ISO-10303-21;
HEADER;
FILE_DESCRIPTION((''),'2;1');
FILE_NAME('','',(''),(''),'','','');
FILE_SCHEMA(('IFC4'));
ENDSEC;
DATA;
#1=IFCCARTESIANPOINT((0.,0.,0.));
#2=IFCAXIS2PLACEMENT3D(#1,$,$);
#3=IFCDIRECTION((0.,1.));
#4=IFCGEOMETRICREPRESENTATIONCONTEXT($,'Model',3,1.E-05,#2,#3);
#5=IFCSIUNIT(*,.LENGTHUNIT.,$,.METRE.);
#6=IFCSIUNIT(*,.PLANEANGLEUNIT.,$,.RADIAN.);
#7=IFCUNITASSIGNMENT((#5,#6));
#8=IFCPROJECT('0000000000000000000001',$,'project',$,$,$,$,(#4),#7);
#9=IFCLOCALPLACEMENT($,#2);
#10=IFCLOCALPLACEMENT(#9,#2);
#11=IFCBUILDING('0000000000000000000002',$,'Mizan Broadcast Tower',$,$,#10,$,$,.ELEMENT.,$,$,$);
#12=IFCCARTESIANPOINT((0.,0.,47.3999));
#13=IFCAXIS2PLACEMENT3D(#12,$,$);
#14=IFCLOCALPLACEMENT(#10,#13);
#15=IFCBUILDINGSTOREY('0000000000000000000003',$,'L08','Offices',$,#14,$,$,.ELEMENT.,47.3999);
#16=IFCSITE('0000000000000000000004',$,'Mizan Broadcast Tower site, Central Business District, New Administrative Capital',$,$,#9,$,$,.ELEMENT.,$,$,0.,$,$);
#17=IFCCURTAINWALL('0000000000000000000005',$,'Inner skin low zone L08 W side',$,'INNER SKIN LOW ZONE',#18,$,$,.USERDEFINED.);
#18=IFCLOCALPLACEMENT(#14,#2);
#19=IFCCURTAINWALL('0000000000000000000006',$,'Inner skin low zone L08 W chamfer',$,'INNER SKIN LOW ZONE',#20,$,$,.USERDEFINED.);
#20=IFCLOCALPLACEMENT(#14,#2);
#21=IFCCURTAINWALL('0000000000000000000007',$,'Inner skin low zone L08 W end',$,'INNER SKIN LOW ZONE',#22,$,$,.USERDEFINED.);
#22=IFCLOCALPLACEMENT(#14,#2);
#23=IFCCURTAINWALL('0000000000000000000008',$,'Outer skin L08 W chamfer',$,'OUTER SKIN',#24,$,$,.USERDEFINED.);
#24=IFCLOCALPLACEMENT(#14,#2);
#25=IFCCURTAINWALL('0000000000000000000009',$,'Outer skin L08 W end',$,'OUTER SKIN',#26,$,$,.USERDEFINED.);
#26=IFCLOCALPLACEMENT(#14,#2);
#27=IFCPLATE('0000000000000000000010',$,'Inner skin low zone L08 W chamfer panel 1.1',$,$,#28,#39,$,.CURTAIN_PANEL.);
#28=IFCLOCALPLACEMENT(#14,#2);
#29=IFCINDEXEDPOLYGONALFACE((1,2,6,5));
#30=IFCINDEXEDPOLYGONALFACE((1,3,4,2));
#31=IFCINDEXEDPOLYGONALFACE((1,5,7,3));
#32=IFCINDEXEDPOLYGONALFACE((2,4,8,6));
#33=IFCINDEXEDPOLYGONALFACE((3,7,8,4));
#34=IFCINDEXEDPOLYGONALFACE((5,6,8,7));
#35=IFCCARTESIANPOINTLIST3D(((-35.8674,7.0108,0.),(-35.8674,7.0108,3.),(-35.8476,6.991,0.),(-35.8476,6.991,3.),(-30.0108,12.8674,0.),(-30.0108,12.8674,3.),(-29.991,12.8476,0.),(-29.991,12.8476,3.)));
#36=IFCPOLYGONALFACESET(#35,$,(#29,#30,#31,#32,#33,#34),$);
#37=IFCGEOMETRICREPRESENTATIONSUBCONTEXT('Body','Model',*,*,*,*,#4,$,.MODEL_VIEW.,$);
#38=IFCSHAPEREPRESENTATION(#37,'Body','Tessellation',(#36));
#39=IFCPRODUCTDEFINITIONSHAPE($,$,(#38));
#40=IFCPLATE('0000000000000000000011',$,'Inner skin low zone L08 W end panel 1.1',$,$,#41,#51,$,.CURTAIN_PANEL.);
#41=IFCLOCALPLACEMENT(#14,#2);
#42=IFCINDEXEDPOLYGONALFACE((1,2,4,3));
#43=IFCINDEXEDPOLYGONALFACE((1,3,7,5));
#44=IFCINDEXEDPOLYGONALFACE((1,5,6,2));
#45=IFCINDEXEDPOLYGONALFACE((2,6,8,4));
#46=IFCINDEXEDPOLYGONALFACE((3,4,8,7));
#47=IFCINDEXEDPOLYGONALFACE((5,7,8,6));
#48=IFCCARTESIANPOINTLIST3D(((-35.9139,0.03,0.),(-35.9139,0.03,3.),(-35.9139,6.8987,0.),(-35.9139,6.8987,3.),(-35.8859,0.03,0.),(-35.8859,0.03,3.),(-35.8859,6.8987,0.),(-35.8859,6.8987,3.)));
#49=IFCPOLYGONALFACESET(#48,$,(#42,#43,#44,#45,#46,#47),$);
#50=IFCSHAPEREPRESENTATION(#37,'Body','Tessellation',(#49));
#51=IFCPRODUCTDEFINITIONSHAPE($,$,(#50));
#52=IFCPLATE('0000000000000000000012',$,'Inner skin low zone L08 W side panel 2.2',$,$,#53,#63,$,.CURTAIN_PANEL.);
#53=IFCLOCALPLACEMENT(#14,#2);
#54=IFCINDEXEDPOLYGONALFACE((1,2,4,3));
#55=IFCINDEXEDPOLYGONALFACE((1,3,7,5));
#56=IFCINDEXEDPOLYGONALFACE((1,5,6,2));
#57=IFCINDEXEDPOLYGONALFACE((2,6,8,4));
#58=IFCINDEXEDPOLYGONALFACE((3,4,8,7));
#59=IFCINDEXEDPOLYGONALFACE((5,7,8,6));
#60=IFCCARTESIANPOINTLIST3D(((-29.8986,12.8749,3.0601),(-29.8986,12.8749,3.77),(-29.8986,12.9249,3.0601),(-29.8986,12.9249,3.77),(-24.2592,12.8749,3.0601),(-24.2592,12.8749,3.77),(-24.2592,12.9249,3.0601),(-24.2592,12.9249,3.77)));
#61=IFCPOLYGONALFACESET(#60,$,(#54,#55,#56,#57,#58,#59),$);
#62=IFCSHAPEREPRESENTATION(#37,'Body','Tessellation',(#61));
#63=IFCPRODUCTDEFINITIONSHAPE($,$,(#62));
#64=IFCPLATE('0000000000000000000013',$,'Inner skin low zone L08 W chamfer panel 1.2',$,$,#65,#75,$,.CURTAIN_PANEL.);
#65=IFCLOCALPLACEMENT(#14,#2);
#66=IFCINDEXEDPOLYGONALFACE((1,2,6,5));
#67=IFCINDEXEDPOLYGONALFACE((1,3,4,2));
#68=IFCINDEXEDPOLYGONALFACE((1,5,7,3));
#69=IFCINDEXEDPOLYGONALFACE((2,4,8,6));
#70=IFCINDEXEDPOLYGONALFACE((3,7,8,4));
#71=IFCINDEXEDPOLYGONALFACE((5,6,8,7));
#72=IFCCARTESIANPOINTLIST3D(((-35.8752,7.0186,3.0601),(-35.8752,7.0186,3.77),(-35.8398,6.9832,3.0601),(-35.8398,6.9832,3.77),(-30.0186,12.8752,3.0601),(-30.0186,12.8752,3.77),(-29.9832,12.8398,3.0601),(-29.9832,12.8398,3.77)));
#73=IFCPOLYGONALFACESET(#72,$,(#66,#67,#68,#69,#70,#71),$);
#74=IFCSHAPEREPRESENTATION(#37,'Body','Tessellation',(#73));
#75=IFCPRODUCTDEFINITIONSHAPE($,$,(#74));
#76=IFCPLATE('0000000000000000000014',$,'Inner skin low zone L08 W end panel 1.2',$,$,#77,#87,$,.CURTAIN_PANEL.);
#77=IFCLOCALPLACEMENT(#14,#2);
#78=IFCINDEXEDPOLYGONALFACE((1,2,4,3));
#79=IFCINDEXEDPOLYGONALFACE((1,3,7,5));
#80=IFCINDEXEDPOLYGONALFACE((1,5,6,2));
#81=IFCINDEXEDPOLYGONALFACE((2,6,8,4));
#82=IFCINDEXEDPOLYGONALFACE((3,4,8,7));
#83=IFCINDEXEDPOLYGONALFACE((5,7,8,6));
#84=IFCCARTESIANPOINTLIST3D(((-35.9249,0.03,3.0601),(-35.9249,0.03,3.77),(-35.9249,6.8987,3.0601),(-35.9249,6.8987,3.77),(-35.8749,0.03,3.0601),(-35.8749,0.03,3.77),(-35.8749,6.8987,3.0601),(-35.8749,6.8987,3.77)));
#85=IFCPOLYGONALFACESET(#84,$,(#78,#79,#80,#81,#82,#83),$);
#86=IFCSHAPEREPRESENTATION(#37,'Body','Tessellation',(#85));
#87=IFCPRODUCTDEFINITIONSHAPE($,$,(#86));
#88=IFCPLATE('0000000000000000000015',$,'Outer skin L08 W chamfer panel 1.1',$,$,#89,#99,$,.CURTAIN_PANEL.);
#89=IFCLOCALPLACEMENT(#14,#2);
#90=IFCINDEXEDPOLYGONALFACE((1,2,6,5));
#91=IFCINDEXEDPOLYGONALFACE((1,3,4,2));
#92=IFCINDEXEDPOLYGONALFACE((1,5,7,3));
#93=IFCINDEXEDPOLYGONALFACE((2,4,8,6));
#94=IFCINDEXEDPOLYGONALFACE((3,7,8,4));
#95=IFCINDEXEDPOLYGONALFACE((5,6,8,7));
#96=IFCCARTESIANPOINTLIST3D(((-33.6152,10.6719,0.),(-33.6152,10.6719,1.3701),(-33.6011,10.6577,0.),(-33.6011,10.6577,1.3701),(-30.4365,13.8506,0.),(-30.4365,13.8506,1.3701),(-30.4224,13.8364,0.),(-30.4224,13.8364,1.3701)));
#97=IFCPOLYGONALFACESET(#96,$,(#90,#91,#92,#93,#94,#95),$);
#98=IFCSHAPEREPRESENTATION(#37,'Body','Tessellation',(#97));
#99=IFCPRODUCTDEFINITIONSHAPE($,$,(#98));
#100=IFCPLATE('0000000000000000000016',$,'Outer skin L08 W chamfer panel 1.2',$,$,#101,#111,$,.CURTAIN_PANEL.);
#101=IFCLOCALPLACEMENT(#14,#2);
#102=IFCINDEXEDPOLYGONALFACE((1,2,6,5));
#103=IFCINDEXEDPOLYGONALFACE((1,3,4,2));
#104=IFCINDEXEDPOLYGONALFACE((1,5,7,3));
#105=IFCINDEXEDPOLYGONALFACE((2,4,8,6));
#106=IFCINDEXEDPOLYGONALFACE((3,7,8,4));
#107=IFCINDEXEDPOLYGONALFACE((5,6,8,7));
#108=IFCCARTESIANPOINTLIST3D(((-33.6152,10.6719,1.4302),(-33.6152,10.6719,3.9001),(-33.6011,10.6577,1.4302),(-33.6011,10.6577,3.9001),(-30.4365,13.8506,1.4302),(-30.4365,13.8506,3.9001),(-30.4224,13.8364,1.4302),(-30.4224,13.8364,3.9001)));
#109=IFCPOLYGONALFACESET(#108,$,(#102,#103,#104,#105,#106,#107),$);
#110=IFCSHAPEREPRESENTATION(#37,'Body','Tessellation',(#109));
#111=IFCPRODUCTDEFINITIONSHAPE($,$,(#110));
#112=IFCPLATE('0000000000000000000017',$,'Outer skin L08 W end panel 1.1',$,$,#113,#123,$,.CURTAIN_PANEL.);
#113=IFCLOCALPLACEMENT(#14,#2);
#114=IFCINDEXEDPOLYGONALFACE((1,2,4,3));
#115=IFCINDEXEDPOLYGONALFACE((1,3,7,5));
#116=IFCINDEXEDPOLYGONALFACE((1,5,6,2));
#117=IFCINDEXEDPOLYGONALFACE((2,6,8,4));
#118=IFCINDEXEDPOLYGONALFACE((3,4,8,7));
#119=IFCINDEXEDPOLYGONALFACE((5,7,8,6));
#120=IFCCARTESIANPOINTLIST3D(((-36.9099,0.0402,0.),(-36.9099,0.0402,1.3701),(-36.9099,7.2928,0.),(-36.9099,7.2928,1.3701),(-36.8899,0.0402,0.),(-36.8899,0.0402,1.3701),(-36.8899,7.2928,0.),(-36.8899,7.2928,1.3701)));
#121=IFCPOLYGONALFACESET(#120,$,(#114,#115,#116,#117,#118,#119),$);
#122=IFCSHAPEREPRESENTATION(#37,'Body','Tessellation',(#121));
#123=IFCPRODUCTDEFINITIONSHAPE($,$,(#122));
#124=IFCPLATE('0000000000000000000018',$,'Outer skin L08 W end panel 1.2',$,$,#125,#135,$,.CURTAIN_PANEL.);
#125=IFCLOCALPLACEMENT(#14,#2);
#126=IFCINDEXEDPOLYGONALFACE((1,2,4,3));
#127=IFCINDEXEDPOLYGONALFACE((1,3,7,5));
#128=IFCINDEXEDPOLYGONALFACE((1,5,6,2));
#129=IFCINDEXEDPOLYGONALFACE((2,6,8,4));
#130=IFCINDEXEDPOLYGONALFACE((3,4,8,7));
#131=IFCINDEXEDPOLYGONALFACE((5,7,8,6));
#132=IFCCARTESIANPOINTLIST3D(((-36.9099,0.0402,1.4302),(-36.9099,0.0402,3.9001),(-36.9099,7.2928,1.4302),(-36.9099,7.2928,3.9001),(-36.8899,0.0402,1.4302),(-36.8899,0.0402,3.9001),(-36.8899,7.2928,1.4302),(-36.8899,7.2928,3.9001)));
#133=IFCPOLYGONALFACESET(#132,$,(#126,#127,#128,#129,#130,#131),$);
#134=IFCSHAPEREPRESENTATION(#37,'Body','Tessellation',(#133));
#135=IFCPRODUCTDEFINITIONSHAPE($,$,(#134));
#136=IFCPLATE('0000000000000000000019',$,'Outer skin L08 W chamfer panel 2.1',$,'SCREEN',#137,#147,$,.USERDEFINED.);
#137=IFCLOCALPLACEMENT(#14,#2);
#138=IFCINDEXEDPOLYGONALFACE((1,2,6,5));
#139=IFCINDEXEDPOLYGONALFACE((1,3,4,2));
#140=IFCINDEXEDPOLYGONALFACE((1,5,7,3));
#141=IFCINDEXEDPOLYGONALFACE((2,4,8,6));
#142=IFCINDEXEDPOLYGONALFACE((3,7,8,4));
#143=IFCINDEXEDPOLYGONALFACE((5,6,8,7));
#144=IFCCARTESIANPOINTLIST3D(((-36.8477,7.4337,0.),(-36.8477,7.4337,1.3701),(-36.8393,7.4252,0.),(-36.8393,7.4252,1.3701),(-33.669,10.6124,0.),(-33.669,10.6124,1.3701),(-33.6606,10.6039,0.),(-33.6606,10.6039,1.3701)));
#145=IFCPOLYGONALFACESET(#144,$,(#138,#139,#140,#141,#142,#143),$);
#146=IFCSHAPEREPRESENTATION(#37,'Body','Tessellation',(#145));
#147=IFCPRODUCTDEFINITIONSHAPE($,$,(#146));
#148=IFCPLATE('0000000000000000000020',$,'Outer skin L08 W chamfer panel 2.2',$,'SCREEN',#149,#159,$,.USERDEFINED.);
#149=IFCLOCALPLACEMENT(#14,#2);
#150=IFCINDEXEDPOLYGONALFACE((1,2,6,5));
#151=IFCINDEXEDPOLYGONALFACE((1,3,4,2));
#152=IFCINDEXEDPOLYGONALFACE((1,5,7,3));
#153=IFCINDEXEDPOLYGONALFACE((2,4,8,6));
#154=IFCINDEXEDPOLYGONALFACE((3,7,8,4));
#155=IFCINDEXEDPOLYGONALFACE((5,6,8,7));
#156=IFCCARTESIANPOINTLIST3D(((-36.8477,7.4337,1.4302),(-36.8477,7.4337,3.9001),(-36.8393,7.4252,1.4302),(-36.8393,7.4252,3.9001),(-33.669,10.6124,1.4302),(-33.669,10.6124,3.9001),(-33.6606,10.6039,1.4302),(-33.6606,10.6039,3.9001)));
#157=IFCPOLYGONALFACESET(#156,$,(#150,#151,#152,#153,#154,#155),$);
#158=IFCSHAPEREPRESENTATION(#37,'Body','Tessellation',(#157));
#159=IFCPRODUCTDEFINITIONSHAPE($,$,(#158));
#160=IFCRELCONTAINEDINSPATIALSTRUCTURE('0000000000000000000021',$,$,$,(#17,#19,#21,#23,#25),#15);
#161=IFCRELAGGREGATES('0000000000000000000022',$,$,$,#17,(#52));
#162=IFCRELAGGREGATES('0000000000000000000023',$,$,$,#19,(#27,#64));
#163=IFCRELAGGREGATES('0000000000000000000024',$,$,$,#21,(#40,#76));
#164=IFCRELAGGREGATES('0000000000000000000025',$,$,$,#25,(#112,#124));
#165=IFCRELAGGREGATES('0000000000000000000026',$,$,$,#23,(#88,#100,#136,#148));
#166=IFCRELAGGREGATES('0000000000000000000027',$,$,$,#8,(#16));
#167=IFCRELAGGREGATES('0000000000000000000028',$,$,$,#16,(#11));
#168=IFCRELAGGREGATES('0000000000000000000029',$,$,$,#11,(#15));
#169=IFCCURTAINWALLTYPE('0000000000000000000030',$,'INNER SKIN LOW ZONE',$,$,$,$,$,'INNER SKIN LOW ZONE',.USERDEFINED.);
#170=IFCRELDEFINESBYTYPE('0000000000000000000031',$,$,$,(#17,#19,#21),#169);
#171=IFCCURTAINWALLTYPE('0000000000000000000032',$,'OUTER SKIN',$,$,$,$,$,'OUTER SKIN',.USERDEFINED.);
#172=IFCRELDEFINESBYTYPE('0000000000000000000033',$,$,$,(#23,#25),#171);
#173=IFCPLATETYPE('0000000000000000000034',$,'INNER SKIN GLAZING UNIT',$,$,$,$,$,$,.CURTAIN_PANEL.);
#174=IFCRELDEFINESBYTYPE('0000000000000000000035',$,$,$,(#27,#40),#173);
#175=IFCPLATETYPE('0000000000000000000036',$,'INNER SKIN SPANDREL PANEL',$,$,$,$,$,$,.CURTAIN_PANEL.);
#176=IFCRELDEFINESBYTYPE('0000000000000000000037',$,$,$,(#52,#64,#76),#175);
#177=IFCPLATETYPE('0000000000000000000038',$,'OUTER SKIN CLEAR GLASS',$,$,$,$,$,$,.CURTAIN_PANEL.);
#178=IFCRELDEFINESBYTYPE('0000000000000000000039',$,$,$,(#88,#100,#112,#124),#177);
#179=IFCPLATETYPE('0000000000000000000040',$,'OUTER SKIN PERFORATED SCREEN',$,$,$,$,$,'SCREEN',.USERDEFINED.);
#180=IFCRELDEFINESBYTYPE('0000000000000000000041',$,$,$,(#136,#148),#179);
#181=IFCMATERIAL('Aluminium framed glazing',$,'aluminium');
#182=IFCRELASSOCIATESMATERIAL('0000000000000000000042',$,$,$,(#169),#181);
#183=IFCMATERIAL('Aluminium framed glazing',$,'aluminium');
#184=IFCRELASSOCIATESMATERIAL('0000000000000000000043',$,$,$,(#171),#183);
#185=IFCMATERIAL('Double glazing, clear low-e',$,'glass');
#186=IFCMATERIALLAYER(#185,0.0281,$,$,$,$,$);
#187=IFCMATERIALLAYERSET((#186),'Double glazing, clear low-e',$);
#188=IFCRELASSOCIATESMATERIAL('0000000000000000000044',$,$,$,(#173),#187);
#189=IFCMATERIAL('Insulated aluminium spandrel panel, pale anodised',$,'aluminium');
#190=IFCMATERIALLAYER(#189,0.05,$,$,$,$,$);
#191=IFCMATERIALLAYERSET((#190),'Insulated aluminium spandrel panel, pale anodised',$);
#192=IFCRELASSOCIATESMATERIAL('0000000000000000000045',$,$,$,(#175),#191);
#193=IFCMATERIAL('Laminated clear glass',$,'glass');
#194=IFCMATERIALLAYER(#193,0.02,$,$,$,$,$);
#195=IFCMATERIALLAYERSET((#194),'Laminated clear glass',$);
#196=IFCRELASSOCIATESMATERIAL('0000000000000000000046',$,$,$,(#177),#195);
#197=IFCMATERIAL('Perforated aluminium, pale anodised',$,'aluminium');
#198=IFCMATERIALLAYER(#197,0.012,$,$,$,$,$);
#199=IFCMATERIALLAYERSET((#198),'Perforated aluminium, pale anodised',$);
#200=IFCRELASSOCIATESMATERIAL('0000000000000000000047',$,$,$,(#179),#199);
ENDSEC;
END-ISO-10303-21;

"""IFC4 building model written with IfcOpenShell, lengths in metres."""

from ifc_helpers import new_model, si_unit, direction, frame, origin, origin_2d, place, context, subcontext, project, spatial, rectangle, extrude, material, layer, layer_set, type_object, element, aggregate, save


model = new_model("IFC4")

# Units and contexts
model_context = context("Model", 3, precision=1e-05, world=origin(), true_north=direction((0.0, 1.0)))
body_context = subcontext(model_context, "Body", "Model", "MODEL_VIEW")
ifc_project = project(units=[si_unit("LENGTHUNIT", "METRE"), si_unit("PLANEANGLEUNIT", "RADIAN")], contexts=[model_context])

# Site, building, storey
site_placement = place(None, origin())
site = spatial("IfcSite", under=ifc_project, at=site_placement, Name="Mizan Broadcast Tower site, Central Business District, New Administrative Capital", CompositionType="ELEMENT", RefElevation=0.0)
building_placement = place(site_placement, origin())
building = spatial("IfcBuilding", under=site, at=building_placement, Name="Mizan Broadcast Tower", CompositionType="ELEMENT")
storey_placement = place(building_placement, frame((0.0, 0.0, 47.3999)))
storey = spatial("IfcBuildingStorey", under=building, at=storey_placement, Name="L08", Description="Offices", CompositionType="ELEMENT", Elevation=47.3999)

# Curtain walls
ifc_material_1 = material(Name="Aluminium framed glazing", Category="aluminium")
curtain_wall_type_1 = type_object("IfcCurtainWallType", Name="INNER SKIN LOW ZONE", ElementType="INNER SKIN LOW ZONE", PredefinedType="USERDEFINED", material=ifc_material_1)
curtain_wall_1_placement = place(storey_placement, origin())
curtain_wall_1 = element("IfcCurtainWall", 1, at=curtain_wall_1_placement, inside=storey, type_object=curtain_wall_type_1, Name="Inner skin low zone L08 W side", ObjectType="INNER SKIN LOW ZONE", PredefinedType="USERDEFINED")
curtain_wall_2_placement = place(storey_placement, origin())
curtain_wall_2 = element("IfcCurtainWall", 2, at=curtain_wall_2_placement, inside=storey, type_object=curtain_wall_type_1, Name="Inner skin low zone L08 W chamfer", ObjectType="INNER SKIN LOW ZONE", PredefinedType="USERDEFINED")
curtain_wall_3_placement = place(storey_placement, origin())
curtain_wall_3 = element("IfcCurtainWall", 3, at=curtain_wall_3_placement, inside=storey, type_object=curtain_wall_type_1, Name="Inner skin low zone L08 W end", ObjectType="INNER SKIN LOW ZONE", PredefinedType="USERDEFINED")

# Shared definitions
ifc_material_2 = material(Name="Aluminium framed glazing", Category="aluminium")
curtain_wall_type_2 = type_object("IfcCurtainWallType", Name="OUTER SKIN", ElementType="OUTER SKIN", PredefinedType="USERDEFINED", material=ifc_material_2)

# Curtain wall
curtain_wall_4_placement = place(storey_placement, origin())
curtain_wall_4 = element("IfcCurtainWall", 4, at=curtain_wall_4_placement, inside=storey, type_object=curtain_wall_type_2, Name="Outer skin L08 W chamfer", ObjectType="OUTER SKIN", PredefinedType="USERDEFINED")

# Curtain wall
curtain_wall_5_placement = place(storey_placement, origin())
curtain_wall_5 = element("IfcCurtainWall", 5, at=curtain_wall_5_placement, inside=storey, type_object=curtain_wall_type_2, Name="Outer skin L08 W end", ObjectType="OUTER SKIN", PredefinedType="USERDEFINED")

# Plates
ifc_material_3 = material(Name="Double glazing, clear low-e", Category="glass")
ifc_layer_1 = layer(ifc_material_3, 0.0281)
ifc_layer_set_1 = layer_set([ifc_layer_1], Name="Double glazing, clear low-e")
plate_type_1 = type_object("IfcPlateType", Name="INNER SKIN GLAZING UNIT", PredefinedType="CURTAIN_PANEL", material=ifc_layer_set_1)
plate_1_placement = place(storey_placement, frame((-32.9292, 9.9292, 0.0), z_axis=(0.0, 0.0, 1.0), x_axis=(-0.707107, -0.707107, 0.0)))
plate_1 = element("IfcPlate", 6, at=plate_1_placement, type_object=plate_type_1, Name="Inner skin low zone L08 W chamfer panel 1.1", PredefinedType="CURTAIN_PANEL", context=body_context, shape_type="SweptSolid", body=[
    extrude(rectangle(XDim=8.2825, YDim=0.0281, at=origin_2d()), origin(), (0.0, 0.0, 1.0), 3.0),
])
plate_2_placement = place(storey_placement, frame((-35.8999, 3.4644, 0.0), z_axis=(0.0, 0.0, 1.0), x_axis=(0.0, -1.0, 0.0)))
plate_2 = element("IfcPlate", 7, at=plate_2_placement, type_object=plate_type_1, Name="Inner skin low zone L08 W end panel 1.1", PredefinedType="CURTAIN_PANEL", context=body_context, shape_type="SweptSolid", body=[
    extrude(rectangle(XDim=6.8687, YDim=0.0281, at=origin_2d()), origin(), (0.0, 0.0, 1.0), 3.0),
])
ifc_material_4 = material(Name="Insulated aluminium spandrel panel, pale anodised", Category="aluminium")
ifc_layer_2 = layer(ifc_material_4, 0.05)
ifc_layer_set_2 = layer_set([ifc_layer_2], Name="Insulated aluminium spandrel panel, pale anodised")
plate_type_2 = type_object("IfcPlateType", Name="INNER SKIN SPANDREL PANEL", PredefinedType="CURTAIN_PANEL", material=ifc_layer_set_2)
plate_3_placement = place(storey_placement, frame((-27.0789, 12.8999, 3.0601), z_axis=(0.0, 0.0, 1.0), x_axis=(-1.0, 0.0, 0.0)))
plate_3 = element("IfcPlate", 8, at=plate_3_placement, type_object=plate_type_2, Name="Inner skin low zone L08 W side panel 2.2", PredefinedType="CURTAIN_PANEL", context=body_context, shape_type="SweptSolid", body=[
    extrude(rectangle(XDim=5.6394, YDim=0.05, at=origin_2d()), origin(), (0.0, 0.0, 1.0), 0.71),
])
aggregate(curtain_wall_1, [plate_3])
plate_4_placement = place(storey_placement, frame((-32.9292, 9.9292, 3.0601), z_axis=(0.0, 0.0, 1.0), x_axis=(-0.707107, -0.707107, 0.0)))
plate_4 = element("IfcPlate", 9, at=plate_4_placement, type_object=plate_type_2, Name="Inner skin low zone L08 W chamfer panel 1.2", PredefinedType="CURTAIN_PANEL", context=body_context, shape_type="SweptSolid", body=[
    extrude(rectangle(XDim=8.2825, YDim=0.05, at=origin_2d()), origin(), (0.0, 0.0, 1.0), 0.71),
])
aggregate(curtain_wall_2, [plate_1, plate_4])
plate_5_placement = place(storey_placement, frame((-35.8999, 3.4644, 3.0601), z_axis=(0.0, 0.0, 1.0), x_axis=(0.0, -1.0, 0.0)))
plate_5 = element("IfcPlate", 10, at=plate_5_placement, type_object=plate_type_2, Name="Inner skin low zone L08 W end panel 1.2", PredefinedType="CURTAIN_PANEL", context=body_context, shape_type="SweptSolid", body=[
    extrude(rectangle(XDim=6.8687, YDim=0.05, at=origin_2d()), origin(), (0.0, 0.0, 1.0), 0.71),
])
aggregate(curtain_wall_3, [plate_2, plate_5])
ifc_material_5 = material(Name="Laminated clear glass", Category="glass")
ifc_layer_3 = layer(ifc_material_5, 0.02)
ifc_layer_set_3 = layer_set([ifc_layer_3], Name="Laminated clear glass")
plate_type_3 = type_object("IfcPlateType", Name="OUTER SKIN CLEAR GLASS", PredefinedType="CURTAIN_PANEL", material=ifc_layer_set_3)
plate_6_placement = place(storey_placement, frame((-32.0188, 12.2542, 0.0), z_axis=(0.0, 0.0, 1.0), x_axis=(-0.707107, -0.707107, 0.0)))
plate_6 = element("IfcPlate", 11, at=plate_6_placement, type_object=plate_type_3, Name="Outer skin L08 W chamfer panel 1.1", PredefinedType="CURTAIN_PANEL", context=body_context, shape_type="SweptSolid", body=[
    extrude(rectangle(XDim=4.4954, YDim=0.02, at=origin_2d()), origin(), (0.0, 0.0, 1.0), 1.3701),
])
plate_7_placement = place(storey_placement, frame((-32.0188, 12.2542, 1.4302), z_axis=(0.0, 0.0, 1.0), x_axis=(-0.707107, -0.707107, 0.0)))
plate_7 = element("IfcPlate", 12, at=plate_7_placement, type_object=plate_type_3, Name="Outer skin L08 W chamfer panel 1.2", PredefinedType="CURTAIN_PANEL", context=body_context, shape_type="SweptSolid", body=[
    extrude(rectangle(XDim=4.4954, YDim=0.02, at=origin_2d()), origin(), (0.0, 0.0, 1.0), 2.47),
])
plate_8_placement = place(storey_placement, frame((-36.8999, 3.6665, 0.0), z_axis=(0.0, 0.0, 1.0), x_axis=(0.0, -1.0, 0.0)))
plate_8 = element("IfcPlate", 13, at=plate_8_placement, type_object=plate_type_3, Name="Outer skin L08 W end panel 1.1", PredefinedType="CURTAIN_PANEL", context=body_context, shape_type="SweptSolid", body=[
    extrude(rectangle(XDim=7.2527, YDim=0.02, at=origin_2d()), origin(), (0.0, 0.0, 1.0), 1.3701),
])
plate_9_placement = place(storey_placement, frame((-36.8999, 3.6665, 1.4302), z_axis=(0.0, 0.0, 1.0), x_axis=(0.0, -1.0, 0.0)))
plate_9 = element("IfcPlate", 14, at=plate_9_placement, type_object=plate_type_3, Name="Outer skin L08 W end panel 1.2", PredefinedType="CURTAIN_PANEL", context=body_context, shape_type="SweptSolid", body=[
    extrude(rectangle(XDim=7.2527, YDim=0.02, at=origin_2d()), origin(), (0.0, 0.0, 1.0), 2.47),
])
aggregate(curtain_wall_5, [plate_8, plate_9])
ifc_material_6 = material(Name="Perforated aluminium, pale anodised", Category="aluminium")
ifc_layer_4 = layer(ifc_material_6, 0.012)
ifc_layer_set_4 = layer_set([ifc_layer_4], Name="Perforated aluminium, pale anodised")
plate_type_4 = type_object("IfcPlateType", Name="OUTER SKIN PERFORATED SCREEN", ElementType="SCREEN", PredefinedType="USERDEFINED", material=ifc_layer_set_4)
plate_10_placement = place(storey_placement, frame((-35.2542, 9.0188, 0.0), z_axis=(0.0, 0.0, 1.0), x_axis=(-0.707107, -0.707107, 0.0)))
plate_10 = element("IfcPlate", 15, at=plate_10_placement, type_object=plate_type_4, Name="Outer skin L08 W chamfer panel 2.1", ObjectType="SCREEN", PredefinedType="USERDEFINED", context=body_context, shape_type="SweptSolid", body=[
    extrude(rectangle(XDim=4.4954, YDim=0.012, at=origin_2d()), origin(), (0.0, 0.0, 1.0), 1.3701),
])
plate_11_placement = place(storey_placement, frame((-35.2542, 9.0188, 1.4302), z_axis=(0.0, 0.0, 1.0), x_axis=(-0.707107, -0.707107, 0.0)))
plate_11 = element("IfcPlate", 16, at=plate_11_placement, type_object=plate_type_4, Name="Outer skin L08 W chamfer panel 2.2", ObjectType="SCREEN", PredefinedType="USERDEFINED", context=body_context, shape_type="SweptSolid", body=[
    extrude(rectangle(XDim=4.4954, YDim=0.012, at=origin_2d()), origin(), (0.0, 0.0, 1.0), 2.47),
])
aggregate(curtain_wall_4, [plate_6, plate_7, plate_10, plate_11])

save(model, "model.ifc")
